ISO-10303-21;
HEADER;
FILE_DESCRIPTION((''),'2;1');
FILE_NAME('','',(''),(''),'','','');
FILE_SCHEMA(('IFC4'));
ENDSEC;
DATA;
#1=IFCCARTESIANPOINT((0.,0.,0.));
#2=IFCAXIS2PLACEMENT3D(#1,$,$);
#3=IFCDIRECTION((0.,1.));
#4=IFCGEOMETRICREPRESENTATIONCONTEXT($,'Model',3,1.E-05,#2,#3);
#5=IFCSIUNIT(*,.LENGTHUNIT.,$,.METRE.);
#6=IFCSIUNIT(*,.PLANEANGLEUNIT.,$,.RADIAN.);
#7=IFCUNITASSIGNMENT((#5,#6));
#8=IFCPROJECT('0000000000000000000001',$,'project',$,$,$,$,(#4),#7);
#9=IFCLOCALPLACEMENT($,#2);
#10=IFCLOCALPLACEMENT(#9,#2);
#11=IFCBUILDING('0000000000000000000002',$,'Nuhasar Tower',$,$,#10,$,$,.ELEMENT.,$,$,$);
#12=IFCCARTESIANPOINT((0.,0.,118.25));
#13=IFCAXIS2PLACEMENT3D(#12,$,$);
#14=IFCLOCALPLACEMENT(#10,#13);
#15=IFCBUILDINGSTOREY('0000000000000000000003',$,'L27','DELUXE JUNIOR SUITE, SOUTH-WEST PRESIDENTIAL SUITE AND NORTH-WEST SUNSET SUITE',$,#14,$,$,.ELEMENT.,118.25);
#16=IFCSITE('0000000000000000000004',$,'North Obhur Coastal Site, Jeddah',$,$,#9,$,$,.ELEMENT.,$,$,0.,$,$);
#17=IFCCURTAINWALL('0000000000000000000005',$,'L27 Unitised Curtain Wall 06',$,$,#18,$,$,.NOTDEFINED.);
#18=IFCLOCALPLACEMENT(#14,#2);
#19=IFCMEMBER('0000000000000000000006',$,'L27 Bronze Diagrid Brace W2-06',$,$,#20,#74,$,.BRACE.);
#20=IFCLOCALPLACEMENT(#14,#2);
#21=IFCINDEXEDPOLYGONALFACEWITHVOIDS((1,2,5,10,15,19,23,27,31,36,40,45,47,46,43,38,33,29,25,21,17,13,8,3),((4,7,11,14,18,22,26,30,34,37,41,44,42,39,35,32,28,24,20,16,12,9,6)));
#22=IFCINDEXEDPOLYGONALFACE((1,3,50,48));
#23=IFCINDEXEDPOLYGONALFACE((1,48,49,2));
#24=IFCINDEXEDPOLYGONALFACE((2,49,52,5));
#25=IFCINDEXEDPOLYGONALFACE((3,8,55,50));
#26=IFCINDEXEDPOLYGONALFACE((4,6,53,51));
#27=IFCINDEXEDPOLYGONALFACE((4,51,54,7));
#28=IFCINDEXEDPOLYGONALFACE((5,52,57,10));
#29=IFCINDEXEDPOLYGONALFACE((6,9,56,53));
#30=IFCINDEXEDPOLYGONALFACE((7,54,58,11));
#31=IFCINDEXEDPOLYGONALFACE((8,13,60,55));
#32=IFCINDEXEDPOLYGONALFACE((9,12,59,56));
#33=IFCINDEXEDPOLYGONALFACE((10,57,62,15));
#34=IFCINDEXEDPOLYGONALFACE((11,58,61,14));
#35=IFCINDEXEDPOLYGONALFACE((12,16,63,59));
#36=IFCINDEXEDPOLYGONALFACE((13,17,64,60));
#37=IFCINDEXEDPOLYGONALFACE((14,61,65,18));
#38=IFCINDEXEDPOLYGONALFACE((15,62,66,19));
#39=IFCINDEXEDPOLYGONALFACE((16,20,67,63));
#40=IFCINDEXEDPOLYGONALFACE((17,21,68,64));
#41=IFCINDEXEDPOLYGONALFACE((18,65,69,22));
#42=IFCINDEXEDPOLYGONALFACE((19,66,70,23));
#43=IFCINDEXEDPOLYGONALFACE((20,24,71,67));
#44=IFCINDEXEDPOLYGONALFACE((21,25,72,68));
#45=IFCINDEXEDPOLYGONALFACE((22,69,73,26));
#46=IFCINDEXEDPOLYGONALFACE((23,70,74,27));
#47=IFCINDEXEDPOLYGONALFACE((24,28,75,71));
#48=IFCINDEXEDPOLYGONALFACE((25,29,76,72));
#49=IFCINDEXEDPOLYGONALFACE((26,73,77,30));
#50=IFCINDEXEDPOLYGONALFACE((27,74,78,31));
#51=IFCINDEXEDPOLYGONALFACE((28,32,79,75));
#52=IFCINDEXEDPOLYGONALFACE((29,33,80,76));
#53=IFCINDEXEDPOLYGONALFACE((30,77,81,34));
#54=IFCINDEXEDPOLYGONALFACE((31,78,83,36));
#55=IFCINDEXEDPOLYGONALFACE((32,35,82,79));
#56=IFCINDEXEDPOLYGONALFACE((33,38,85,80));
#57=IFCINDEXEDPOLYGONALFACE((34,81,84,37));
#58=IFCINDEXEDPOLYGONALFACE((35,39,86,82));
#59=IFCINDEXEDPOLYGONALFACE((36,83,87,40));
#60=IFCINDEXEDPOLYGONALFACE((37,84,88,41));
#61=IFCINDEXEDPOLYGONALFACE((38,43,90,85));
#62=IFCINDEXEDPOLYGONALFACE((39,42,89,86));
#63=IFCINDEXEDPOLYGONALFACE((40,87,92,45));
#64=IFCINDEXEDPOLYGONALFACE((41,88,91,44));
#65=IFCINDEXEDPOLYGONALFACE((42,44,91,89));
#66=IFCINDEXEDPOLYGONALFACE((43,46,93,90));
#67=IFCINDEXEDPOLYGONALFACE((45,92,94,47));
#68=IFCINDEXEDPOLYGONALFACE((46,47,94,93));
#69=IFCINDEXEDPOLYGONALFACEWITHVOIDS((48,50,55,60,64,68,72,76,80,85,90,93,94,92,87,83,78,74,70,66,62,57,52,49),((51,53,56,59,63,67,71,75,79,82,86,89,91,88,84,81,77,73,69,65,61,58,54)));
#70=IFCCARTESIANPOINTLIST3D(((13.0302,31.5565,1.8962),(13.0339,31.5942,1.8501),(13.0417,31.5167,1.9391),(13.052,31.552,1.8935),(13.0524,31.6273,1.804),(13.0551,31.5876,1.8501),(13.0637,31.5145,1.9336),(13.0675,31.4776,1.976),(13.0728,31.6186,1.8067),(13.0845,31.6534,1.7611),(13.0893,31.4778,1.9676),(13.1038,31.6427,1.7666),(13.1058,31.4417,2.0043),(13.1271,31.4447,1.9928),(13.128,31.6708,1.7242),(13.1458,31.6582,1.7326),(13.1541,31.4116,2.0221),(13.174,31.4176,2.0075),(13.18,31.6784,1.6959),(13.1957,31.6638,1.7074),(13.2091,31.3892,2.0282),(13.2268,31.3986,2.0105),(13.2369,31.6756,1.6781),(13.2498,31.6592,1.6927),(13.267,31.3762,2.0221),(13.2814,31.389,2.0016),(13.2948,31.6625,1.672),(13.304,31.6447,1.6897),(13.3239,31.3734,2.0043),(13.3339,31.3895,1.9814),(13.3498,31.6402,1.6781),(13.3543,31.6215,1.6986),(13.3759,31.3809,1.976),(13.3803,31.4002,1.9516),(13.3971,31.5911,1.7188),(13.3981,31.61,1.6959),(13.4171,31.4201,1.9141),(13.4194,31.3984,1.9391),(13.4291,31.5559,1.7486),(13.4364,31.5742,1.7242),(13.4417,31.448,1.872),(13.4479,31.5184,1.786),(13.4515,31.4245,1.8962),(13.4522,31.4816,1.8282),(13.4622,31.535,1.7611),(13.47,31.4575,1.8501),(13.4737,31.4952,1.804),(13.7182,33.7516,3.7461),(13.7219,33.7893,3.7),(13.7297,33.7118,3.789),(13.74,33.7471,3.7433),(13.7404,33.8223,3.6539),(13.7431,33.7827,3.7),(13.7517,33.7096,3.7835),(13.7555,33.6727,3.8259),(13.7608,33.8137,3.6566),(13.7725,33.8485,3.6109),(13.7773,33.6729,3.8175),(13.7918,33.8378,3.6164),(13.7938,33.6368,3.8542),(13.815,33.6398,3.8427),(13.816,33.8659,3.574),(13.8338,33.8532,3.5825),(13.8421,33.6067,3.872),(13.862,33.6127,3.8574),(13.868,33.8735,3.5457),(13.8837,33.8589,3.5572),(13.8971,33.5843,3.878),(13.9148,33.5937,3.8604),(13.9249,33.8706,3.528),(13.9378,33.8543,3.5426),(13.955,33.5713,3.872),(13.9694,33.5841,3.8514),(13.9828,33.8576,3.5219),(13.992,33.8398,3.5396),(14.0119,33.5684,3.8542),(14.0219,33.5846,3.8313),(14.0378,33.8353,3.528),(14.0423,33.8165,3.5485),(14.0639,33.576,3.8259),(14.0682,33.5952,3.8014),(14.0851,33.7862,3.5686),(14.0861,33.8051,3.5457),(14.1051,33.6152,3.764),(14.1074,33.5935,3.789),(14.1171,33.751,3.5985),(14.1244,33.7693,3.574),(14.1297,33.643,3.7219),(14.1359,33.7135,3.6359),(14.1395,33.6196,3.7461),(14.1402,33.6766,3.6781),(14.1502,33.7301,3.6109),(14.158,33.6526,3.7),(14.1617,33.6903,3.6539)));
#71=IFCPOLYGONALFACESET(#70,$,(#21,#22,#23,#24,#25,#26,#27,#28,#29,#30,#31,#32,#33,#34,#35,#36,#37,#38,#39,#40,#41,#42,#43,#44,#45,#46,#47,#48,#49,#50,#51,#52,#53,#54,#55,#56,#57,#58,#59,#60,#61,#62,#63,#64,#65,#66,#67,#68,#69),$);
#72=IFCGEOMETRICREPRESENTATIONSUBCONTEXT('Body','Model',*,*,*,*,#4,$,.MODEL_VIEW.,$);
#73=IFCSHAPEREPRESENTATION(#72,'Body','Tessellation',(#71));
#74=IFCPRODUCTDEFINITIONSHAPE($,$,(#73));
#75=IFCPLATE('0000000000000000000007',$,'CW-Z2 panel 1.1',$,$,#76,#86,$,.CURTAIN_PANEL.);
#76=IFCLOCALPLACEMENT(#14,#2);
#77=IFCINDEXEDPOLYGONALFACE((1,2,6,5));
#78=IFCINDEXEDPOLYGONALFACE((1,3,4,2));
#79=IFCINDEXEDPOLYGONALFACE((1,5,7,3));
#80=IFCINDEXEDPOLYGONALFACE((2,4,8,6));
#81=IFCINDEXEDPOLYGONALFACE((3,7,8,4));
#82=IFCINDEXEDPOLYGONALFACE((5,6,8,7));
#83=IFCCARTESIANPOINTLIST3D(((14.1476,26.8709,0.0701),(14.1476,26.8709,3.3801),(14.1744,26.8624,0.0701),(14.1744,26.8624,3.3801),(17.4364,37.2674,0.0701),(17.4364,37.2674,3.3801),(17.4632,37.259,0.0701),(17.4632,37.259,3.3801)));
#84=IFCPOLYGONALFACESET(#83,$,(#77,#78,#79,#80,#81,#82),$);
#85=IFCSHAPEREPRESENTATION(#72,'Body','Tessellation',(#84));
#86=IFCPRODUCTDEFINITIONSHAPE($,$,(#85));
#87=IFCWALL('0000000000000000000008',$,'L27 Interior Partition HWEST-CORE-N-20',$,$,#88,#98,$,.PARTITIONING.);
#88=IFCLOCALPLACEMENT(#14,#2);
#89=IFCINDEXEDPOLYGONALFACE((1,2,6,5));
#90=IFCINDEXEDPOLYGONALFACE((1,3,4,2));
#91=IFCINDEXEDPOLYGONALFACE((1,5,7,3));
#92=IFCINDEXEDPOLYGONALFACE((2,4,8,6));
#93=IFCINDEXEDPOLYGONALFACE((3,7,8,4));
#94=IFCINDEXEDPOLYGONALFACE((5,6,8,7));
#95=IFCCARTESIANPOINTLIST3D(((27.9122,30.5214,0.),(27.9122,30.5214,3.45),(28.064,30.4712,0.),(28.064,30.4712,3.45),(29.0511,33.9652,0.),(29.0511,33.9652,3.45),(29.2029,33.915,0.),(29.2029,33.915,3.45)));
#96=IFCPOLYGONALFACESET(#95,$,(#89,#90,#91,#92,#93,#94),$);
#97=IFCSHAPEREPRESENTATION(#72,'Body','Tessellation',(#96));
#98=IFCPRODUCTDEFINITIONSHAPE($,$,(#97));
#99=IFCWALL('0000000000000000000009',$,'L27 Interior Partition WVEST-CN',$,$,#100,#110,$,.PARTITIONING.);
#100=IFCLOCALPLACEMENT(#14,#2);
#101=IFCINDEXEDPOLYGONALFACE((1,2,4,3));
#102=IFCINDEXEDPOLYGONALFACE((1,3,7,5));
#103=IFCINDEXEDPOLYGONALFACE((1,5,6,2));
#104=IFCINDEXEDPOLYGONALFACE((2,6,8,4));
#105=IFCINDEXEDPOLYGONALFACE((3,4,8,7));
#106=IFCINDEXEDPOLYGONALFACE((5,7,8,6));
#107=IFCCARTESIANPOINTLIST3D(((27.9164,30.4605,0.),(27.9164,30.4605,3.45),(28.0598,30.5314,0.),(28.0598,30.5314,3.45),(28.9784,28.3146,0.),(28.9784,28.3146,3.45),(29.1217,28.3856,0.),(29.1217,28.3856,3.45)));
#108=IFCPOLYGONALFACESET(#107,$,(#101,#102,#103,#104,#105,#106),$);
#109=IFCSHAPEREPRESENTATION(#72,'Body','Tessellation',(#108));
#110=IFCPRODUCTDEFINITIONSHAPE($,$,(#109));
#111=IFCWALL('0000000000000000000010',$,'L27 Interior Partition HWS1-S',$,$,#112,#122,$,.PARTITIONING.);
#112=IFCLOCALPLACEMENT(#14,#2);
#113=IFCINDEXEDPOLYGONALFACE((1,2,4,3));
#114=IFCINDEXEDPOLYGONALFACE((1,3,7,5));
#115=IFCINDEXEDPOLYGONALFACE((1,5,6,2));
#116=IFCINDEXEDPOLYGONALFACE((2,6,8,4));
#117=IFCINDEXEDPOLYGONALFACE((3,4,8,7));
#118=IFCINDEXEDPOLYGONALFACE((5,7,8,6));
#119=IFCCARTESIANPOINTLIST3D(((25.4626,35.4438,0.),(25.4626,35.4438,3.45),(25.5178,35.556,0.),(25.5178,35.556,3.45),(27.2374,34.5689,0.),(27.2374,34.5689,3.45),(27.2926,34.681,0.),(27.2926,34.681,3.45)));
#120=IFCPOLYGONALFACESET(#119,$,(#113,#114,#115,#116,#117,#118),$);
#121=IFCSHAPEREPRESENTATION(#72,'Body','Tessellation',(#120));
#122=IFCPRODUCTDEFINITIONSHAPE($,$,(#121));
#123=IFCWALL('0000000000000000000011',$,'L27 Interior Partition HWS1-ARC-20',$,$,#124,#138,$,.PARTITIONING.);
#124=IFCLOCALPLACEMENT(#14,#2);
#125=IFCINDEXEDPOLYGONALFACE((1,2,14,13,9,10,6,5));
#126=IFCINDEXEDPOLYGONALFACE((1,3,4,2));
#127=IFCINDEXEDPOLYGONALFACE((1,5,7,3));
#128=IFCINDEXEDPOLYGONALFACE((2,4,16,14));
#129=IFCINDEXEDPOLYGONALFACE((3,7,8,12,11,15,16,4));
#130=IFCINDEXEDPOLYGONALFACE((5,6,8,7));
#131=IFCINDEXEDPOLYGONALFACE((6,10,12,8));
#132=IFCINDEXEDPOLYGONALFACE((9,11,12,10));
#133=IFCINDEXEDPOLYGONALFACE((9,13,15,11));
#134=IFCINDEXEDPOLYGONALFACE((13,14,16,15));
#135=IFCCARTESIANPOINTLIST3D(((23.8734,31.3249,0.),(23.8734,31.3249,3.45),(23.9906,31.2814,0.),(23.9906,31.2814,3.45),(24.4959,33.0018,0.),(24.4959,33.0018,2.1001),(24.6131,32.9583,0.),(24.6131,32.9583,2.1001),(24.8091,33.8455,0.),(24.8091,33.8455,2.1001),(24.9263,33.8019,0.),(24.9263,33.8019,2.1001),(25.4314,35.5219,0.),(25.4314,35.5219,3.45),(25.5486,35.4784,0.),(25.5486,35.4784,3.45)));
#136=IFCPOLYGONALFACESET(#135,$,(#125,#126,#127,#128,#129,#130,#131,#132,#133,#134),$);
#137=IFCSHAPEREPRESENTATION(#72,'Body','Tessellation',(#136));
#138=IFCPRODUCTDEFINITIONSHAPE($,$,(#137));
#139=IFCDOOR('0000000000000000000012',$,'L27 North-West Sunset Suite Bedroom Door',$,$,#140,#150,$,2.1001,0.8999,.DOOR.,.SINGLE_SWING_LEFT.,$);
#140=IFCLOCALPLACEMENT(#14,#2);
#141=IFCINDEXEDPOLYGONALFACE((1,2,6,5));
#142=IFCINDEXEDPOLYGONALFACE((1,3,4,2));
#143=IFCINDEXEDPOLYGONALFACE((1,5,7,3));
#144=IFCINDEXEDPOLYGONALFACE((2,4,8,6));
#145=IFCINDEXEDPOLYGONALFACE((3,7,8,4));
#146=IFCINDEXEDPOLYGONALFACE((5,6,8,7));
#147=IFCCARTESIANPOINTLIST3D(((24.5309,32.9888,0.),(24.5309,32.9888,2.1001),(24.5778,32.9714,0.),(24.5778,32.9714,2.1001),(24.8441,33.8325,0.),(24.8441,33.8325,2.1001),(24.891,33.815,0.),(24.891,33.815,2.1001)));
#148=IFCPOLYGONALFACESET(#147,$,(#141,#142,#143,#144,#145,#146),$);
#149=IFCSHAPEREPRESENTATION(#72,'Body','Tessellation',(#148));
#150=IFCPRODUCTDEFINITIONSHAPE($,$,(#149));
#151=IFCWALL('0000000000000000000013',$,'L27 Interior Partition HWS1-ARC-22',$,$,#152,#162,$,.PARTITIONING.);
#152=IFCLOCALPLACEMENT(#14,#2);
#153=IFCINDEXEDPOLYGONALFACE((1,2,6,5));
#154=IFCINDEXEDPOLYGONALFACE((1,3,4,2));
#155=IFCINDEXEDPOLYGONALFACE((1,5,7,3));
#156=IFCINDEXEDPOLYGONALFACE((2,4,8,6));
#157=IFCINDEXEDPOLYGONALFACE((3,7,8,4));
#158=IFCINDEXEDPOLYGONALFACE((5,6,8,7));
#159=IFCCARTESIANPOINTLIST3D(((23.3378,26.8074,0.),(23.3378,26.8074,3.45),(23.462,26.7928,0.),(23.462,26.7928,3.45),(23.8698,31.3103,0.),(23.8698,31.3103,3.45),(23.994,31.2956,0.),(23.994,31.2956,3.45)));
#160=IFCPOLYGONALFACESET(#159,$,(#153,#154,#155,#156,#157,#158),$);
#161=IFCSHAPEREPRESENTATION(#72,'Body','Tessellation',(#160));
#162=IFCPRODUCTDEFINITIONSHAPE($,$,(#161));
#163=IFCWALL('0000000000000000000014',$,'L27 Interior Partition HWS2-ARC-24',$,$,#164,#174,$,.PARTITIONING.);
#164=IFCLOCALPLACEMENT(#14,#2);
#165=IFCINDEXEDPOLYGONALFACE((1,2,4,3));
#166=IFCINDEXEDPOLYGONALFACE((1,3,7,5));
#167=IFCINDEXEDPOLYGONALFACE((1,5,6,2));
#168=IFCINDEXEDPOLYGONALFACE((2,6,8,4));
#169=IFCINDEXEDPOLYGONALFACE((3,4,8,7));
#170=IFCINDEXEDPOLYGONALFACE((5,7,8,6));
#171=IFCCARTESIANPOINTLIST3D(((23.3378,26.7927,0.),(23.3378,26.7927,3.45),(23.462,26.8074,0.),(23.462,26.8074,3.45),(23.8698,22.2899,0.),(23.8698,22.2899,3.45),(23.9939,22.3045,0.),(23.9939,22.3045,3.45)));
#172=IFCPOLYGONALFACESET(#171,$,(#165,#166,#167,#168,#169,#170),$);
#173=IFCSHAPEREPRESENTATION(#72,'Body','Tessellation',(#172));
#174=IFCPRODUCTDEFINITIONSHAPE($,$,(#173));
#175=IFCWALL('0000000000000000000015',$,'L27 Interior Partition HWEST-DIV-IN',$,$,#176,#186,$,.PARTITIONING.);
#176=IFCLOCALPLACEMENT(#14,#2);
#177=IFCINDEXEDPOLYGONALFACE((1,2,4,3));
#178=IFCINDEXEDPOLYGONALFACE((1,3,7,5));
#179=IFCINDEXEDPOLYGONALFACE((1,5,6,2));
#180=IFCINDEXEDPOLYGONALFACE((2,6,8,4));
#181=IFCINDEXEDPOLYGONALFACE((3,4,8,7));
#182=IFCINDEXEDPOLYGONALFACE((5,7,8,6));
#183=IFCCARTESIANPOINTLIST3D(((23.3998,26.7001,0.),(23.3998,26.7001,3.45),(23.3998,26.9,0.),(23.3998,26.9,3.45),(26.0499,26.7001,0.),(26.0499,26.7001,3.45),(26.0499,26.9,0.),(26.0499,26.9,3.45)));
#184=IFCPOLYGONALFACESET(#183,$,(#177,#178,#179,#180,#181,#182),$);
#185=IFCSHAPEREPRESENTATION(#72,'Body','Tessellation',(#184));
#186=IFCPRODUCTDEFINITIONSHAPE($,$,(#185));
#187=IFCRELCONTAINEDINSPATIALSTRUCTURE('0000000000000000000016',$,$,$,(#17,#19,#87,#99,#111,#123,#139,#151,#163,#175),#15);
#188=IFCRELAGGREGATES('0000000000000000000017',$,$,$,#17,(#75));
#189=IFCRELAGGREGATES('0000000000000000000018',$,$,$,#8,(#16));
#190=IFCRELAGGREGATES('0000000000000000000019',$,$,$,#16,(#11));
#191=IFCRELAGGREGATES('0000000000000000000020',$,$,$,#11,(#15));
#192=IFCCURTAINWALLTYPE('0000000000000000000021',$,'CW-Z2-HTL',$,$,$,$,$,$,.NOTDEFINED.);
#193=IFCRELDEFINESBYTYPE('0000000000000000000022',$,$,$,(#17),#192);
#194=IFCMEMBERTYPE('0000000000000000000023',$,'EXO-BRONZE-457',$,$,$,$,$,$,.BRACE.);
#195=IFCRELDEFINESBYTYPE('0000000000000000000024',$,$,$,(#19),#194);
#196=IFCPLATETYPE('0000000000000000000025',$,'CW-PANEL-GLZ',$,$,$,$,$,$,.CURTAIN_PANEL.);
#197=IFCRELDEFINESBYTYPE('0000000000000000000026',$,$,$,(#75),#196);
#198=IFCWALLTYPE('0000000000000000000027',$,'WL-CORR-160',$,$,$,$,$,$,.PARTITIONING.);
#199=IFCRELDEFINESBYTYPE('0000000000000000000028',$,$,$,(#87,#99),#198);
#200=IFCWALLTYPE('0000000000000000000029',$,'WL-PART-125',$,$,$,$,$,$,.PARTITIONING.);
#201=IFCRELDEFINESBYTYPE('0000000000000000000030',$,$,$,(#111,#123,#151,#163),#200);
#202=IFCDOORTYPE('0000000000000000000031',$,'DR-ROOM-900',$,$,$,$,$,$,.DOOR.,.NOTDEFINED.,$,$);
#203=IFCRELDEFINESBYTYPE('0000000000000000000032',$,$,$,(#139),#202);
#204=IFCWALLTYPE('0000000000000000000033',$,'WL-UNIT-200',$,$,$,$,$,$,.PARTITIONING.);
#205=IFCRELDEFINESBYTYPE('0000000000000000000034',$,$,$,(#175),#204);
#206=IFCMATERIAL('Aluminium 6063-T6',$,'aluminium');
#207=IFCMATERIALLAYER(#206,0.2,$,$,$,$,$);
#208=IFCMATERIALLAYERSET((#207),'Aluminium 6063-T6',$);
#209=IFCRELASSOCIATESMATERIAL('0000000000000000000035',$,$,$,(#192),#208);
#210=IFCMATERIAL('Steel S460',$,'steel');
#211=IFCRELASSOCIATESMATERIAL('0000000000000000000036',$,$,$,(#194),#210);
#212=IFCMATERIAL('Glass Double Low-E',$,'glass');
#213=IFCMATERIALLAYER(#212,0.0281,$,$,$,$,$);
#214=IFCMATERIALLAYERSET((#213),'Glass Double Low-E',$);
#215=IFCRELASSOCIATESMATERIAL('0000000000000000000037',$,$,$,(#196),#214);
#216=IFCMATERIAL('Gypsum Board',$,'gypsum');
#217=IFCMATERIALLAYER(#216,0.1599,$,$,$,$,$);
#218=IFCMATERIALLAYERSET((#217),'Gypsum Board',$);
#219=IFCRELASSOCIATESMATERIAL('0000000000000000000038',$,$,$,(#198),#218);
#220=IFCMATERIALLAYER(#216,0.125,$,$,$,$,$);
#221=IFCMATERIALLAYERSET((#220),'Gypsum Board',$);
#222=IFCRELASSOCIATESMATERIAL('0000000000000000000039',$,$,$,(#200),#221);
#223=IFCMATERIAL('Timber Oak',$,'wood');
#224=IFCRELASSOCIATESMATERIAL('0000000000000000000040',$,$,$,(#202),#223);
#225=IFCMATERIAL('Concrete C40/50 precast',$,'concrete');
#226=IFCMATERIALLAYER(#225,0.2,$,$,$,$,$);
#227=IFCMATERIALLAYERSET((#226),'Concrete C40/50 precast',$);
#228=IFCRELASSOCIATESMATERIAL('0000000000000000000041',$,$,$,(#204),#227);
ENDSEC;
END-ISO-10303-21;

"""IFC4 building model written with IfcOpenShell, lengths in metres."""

from ifc_helpers import new_model, si_unit, direction, frame, frame_2d, origin, origin_2d, place, context, subcontext, project, spatial, rectangle, hollow_circle, extrude, material, layer, layer_set, material_profile, profile_set, type_object, element, fill, aggregate, save


model = new_model("IFC4")

# Units and contexts
model_context = context("Model", 3, precision=1e-05, world=origin(), true_north=direction((0.0, 1.0)))
body_context = subcontext(model_context, "Body", "Model", "MODEL_VIEW")
ifc_project = project(units=[si_unit("LENGTHUNIT", "METRE"), si_unit("PLANEANGLEUNIT", "RADIAN")], contexts=[model_context])

# Site, building, storey
site_placement = place(None, origin())
site = spatial("IfcSite", under=ifc_project, at=site_placement, Name="North Obhur Coastal Site, Jeddah", CompositionType="ELEMENT", RefElevation=0.0)
building_placement = place(site_placement, origin())
building = spatial("IfcBuilding", under=site, at=building_placement, Name="Nuhasar Tower", CompositionType="ELEMENT")
storey_placement = place(building_placement, frame((0.0, 0.0, 118.25)))
storey = spatial("IfcBuildingStorey", under=building, at=storey_placement, Name="L27", Description="DELUXE JUNIOR SUITE, SOUTH-WEST PRESIDENTIAL SUITE AND NORTH-WEST SUNSET SUITE", CompositionType="ELEMENT", Elevation=118.25)

# Curtain wall
ifc_material_1 = material(Name="Aluminium 6063-T6", Category="aluminium")
ifc_layer_1 = layer(ifc_material_1, 0.2)
ifc_layer_set_1 = layer_set([ifc_layer_1], Name="Aluminium 6063-T6")
curtain_wall_type = type_object("IfcCurtainWallType", Name="CW-Z2-HTL", PredefinedType="NOTDEFINED", material=ifc_layer_set_1)
curtain_wall_placement = place(storey_placement, origin())
curtain_wall = element("IfcCurtainWall", 1, at=curtain_wall_placement, inside=storey, type_object=curtain_wall_type, Name="L27 Unitised Curtain Wall 06", PredefinedType="NOTDEFINED")

# Member
ifc_material_2 = material(Name="Steel S460", Category="steel")
ifc_material_profile_1 = material_profile(ifc_material_2, hollow_circle(Radius=0.2285, WallThickness=0.0222, at=origin_2d()), Name="HSS457X22.2")
ifc_profile_set_1 = profile_set([ifc_material_profile_1], Name="Steel S460")
member_type_1 = type_object("IfcMemberType", Name="EXO-BRONZE-457", PredefinedType="BRACE", material=ifc_profile_set_1)
member_1_placement = place(storey_placement, frame((13.252, 31.5259, 1.8501), z_axis=(0.233068, 0.743616, 0.626669), x_axis=(-0.954228, 0.299079, 0.0)))
element("IfcMember", 2, at=member_1_placement, inside=storey, type_object=member_type_1, Name="L27 Bronze Diagrid Brace W2-06", PredefinedType="BRACE", context=body_context, shape_type="SweptSolid", body=[
    extrude(hollow_circle(Radius=0.2285, WallThickness=0.0222, at=origin_2d()), origin(), (0.0, 0.0, 1.0), 2.9519),
])

# Plate
ifc_material_3 = material(Name="Glass Double Low-E", Category="glass")
ifc_layer_2 = layer(ifc_material_3, 0.0281)
ifc_layer_set_2 = layer_set([ifc_layer_2], Name="Glass Double Low-E")
plate_type = type_object("IfcPlateType", Name="CW-PANEL-GLZ", PredefinedType="CURTAIN_PANEL", material=ifc_layer_set_2)
plate_placement = place(storey_placement, frame((15.8054, 32.0649, 0.0701), z_axis=(0.0, 0.0, 1.0), x_axis=(-0.301604, -0.953433, 0.0)))
plate = element("IfcPlate", 3, at=plate_placement, type_object=plate_type, Name="CW-Z2 panel 1.1", PredefinedType="CURTAIN_PANEL", context=body_context, shape_type="SweptSolid", body=[
    extrude(rectangle(XDim=10.9043, YDim=0.0281, at=origin_2d()), origin(), (0.0, 0.0, 1.0), 3.3101),
])
aggregate(curtain_wall, [plate])

# Wall
ifc_material_4 = material(Name="Gypsum Board", Category="gypsum")
ifc_layer_3 = layer(ifc_material_4, 0.1599)
ifc_layer_set_3 = layer_set([ifc_layer_3], Name="Gypsum Board")
wall_type_1 = type_object("IfcWallType", Name="WL-CORR-160", PredefinedType="PARTITIONING", material=ifc_layer_set_3)
wall_1_placement = place(storey_placement, frame((29.127, 33.9399, 0.0), z_axis=(0.0, 0.0, 1.0), x_axis=(-0.313986, -0.949428, 0.0)))
element("IfcWall", 4, at=wall_1_placement, inside=storey, type_object=wall_type_1, Name="L27 Interior Partition HWEST-CORE-N-20", PredefinedType="PARTITIONING", context=body_context, shape_type="SweptSolid", body=[
    extrude(rectangle(XDim=3.6272, YDim=0.1599, at=frame_2d((1.8135, 0.0))), origin(), (0.0, 0.0, 1.0), 3.45),
])

# Shared definitions
ifc_material_5 = material(Name="Timber Oak", Category="wood")

# Walls
wall_2_placement = place(storey_placement, frame((27.988, 30.4961, 0.0), z_axis=(0.0, 0.0, 1.0), x_axis=(0.443539, -0.896255, 0.0)))
element("IfcWall", 5, at=wall_2_placement, inside=storey, type_object=wall_type_1, Name="L27 Interior Partition WVEST-CN", PredefinedType="PARTITIONING", context=body_context, shape_type="SweptSolid", body=[
    extrude(rectangle(XDim=2.3943, YDim=0.1599, at=frame_2d((1.1973, 0.0))), origin(), (0.0, 0.0, 1.0), 3.45),
])
ifc_layer_4 = layer(ifc_material_4, 0.125)
ifc_layer_set_4 = layer_set([ifc_layer_4], Name="Gypsum Board")
wall_type_2 = type_object("IfcWallType", Name="WL-PART-125", PredefinedType="PARTITIONING", material=ifc_layer_set_4)
wall_3_placement = place(storey_placement, frame((27.2649, 34.625, 0.0), z_axis=(0.0, 0.0, 1.0), x_axis=(-0.89693, 0.442173, 0.0)))
element("IfcWall", 6, at=wall_3_placement, inside=storey, type_object=wall_type_2, Name="L27 Interior Partition HWS1-S", PredefinedType="PARTITIONING", context=body_context, shape_type="SweptSolid", body=[
    extrude(rectangle(XDim=1.9788, YDim=0.125, at=frame_2d((0.9893, 0.0))), origin(), (0.0, 0.0, 1.0), 3.45),
])

# Wall, opening, door
wall_4_placement = place(storey_placement, frame((25.49, 35.5, 0.0), z_axis=(0.0, 0.0, 1.0), x_axis=(-0.348032, -0.937483, 0.0)))
wall_4 = element("IfcWall", 7, at=wall_4_placement, inside=storey, type_object=wall_type_2, Name="L27 Interior Partition HWS1-ARC-20", PredefinedType="PARTITIONING", context=body_context, shape_type="SweptSolid", body=[
    extrude(rectangle(XDim=4.4768, YDim=0.125, at=frame_2d((2.2383, 0.0))), origin(), (0.0, 0.0, 1.0), 3.45),
])
opening_1_placement = place(wall_4_placement, frame((1.7881, 0.0, 0.0)))
opening_1 = element("IfcOpeningElement", 8, at=opening_1_placement, cuts=wall_4, PredefinedType="OPENING", context=body_context, shape_type="SweptSolid", body=[
    extrude(rectangle(XDim=0.8999, YDim=2.1001, at=frame_2d((0.45, 1.05))), frame((0.0, 0.0725, 0.0), z_axis=(0.0, -1.0, 0.0), x_axis=(1.0, 0.0, 0.0)), (0.0, 0.0, 1.0), 0.145),
])
door_type_1 = type_object("IfcDoorType", Name="DR-ROOM-900", OperationType="NOTDEFINED", PredefinedType="DOOR", material=ifc_material_5)
door_1_placement = place(opening_1_placement, origin())
door_1 = element("IfcDoor", 9, at=door_1_placement, inside=storey, type_object=door_type_1, Name="L27 North-West Sunset Suite Bedroom Door", OperationType="SINGLE_SWING_LEFT", OverallHeight=2.1001, OverallWidth=0.8999, PredefinedType="DOOR", context=body_context, shape_type="SweptSolid", body=[
    extrude(rectangle(XDim=0.8999, YDim=2.1001, at=frame_2d((0.45, 1.05))), frame((0.0, 0.0249, 0.0), z_axis=(0.0, -1.0, 0.0), x_axis=(1.0, 0.0, 0.0)), (0.0, 0.0, 1.0), 0.05),
])
fill(opening_1, door_1)

# Walls
for number, where, z_axis, x_axis, name in (
    (10, (23.9319, 31.303, 0.0), (0.0, 0.0, 1.0), (-0.117325, -0.993094, 0.0), "L27 Interior Partition HWS1-ARC-22"),
    (11, (23.3999, 26.8, 0.0), (0.0, 0.0, 1.0), (0.117325, -0.993094, 0.0), "L27 Interior Partition HWS2-ARC-24"),
):
    element("IfcWall", number, at=place(storey_placement, frame(where, z_axis=z_axis, x_axis=x_axis)), inside=storey, type_object=wall_type_2, Name=name, PredefinedType="PARTITIONING", context=body_context, shape_type="SweptSolid", body=[
        extrude(rectangle(XDim=4.5342, YDim=0.125, at=frame_2d((2.2671, 0.0))), origin(), (0.0, 0.0, 1.0), 3.45),
    ])
ifc_material_6 = material(Name="Concrete C40/50 precast", Category="concrete")
ifc_layer_5 = layer(ifc_material_6, 0.2)
ifc_layer_set_5 = layer_set([ifc_layer_5], Name="Concrete C40/50 precast")
wall_type_3 = type_object("IfcWallType", Name="WL-UNIT-200", PredefinedType="PARTITIONING", material=ifc_layer_set_5)
wall_5_placement = place(storey_placement, frame((26.05, 26.8, 0.0), z_axis=(0.0, 0.0, 1.0), x_axis=(-1.0, 0.0, 0.0)))
element("IfcWall", 12, at=wall_5_placement, inside=storey, type_object=wall_type_3, Name="L27 Interior Partition HWEST-DIV-IN", PredefinedType="PARTITIONING", context=body_context, shape_type="SweptSolid", body=[
    extrude(rectangle(XDim=2.6501, YDim=0.2, at=frame_2d((1.3252, 0.0))), origin(), (0.0, 0.0, 1.0), 3.45),
])

save(model, "model.ifc")
